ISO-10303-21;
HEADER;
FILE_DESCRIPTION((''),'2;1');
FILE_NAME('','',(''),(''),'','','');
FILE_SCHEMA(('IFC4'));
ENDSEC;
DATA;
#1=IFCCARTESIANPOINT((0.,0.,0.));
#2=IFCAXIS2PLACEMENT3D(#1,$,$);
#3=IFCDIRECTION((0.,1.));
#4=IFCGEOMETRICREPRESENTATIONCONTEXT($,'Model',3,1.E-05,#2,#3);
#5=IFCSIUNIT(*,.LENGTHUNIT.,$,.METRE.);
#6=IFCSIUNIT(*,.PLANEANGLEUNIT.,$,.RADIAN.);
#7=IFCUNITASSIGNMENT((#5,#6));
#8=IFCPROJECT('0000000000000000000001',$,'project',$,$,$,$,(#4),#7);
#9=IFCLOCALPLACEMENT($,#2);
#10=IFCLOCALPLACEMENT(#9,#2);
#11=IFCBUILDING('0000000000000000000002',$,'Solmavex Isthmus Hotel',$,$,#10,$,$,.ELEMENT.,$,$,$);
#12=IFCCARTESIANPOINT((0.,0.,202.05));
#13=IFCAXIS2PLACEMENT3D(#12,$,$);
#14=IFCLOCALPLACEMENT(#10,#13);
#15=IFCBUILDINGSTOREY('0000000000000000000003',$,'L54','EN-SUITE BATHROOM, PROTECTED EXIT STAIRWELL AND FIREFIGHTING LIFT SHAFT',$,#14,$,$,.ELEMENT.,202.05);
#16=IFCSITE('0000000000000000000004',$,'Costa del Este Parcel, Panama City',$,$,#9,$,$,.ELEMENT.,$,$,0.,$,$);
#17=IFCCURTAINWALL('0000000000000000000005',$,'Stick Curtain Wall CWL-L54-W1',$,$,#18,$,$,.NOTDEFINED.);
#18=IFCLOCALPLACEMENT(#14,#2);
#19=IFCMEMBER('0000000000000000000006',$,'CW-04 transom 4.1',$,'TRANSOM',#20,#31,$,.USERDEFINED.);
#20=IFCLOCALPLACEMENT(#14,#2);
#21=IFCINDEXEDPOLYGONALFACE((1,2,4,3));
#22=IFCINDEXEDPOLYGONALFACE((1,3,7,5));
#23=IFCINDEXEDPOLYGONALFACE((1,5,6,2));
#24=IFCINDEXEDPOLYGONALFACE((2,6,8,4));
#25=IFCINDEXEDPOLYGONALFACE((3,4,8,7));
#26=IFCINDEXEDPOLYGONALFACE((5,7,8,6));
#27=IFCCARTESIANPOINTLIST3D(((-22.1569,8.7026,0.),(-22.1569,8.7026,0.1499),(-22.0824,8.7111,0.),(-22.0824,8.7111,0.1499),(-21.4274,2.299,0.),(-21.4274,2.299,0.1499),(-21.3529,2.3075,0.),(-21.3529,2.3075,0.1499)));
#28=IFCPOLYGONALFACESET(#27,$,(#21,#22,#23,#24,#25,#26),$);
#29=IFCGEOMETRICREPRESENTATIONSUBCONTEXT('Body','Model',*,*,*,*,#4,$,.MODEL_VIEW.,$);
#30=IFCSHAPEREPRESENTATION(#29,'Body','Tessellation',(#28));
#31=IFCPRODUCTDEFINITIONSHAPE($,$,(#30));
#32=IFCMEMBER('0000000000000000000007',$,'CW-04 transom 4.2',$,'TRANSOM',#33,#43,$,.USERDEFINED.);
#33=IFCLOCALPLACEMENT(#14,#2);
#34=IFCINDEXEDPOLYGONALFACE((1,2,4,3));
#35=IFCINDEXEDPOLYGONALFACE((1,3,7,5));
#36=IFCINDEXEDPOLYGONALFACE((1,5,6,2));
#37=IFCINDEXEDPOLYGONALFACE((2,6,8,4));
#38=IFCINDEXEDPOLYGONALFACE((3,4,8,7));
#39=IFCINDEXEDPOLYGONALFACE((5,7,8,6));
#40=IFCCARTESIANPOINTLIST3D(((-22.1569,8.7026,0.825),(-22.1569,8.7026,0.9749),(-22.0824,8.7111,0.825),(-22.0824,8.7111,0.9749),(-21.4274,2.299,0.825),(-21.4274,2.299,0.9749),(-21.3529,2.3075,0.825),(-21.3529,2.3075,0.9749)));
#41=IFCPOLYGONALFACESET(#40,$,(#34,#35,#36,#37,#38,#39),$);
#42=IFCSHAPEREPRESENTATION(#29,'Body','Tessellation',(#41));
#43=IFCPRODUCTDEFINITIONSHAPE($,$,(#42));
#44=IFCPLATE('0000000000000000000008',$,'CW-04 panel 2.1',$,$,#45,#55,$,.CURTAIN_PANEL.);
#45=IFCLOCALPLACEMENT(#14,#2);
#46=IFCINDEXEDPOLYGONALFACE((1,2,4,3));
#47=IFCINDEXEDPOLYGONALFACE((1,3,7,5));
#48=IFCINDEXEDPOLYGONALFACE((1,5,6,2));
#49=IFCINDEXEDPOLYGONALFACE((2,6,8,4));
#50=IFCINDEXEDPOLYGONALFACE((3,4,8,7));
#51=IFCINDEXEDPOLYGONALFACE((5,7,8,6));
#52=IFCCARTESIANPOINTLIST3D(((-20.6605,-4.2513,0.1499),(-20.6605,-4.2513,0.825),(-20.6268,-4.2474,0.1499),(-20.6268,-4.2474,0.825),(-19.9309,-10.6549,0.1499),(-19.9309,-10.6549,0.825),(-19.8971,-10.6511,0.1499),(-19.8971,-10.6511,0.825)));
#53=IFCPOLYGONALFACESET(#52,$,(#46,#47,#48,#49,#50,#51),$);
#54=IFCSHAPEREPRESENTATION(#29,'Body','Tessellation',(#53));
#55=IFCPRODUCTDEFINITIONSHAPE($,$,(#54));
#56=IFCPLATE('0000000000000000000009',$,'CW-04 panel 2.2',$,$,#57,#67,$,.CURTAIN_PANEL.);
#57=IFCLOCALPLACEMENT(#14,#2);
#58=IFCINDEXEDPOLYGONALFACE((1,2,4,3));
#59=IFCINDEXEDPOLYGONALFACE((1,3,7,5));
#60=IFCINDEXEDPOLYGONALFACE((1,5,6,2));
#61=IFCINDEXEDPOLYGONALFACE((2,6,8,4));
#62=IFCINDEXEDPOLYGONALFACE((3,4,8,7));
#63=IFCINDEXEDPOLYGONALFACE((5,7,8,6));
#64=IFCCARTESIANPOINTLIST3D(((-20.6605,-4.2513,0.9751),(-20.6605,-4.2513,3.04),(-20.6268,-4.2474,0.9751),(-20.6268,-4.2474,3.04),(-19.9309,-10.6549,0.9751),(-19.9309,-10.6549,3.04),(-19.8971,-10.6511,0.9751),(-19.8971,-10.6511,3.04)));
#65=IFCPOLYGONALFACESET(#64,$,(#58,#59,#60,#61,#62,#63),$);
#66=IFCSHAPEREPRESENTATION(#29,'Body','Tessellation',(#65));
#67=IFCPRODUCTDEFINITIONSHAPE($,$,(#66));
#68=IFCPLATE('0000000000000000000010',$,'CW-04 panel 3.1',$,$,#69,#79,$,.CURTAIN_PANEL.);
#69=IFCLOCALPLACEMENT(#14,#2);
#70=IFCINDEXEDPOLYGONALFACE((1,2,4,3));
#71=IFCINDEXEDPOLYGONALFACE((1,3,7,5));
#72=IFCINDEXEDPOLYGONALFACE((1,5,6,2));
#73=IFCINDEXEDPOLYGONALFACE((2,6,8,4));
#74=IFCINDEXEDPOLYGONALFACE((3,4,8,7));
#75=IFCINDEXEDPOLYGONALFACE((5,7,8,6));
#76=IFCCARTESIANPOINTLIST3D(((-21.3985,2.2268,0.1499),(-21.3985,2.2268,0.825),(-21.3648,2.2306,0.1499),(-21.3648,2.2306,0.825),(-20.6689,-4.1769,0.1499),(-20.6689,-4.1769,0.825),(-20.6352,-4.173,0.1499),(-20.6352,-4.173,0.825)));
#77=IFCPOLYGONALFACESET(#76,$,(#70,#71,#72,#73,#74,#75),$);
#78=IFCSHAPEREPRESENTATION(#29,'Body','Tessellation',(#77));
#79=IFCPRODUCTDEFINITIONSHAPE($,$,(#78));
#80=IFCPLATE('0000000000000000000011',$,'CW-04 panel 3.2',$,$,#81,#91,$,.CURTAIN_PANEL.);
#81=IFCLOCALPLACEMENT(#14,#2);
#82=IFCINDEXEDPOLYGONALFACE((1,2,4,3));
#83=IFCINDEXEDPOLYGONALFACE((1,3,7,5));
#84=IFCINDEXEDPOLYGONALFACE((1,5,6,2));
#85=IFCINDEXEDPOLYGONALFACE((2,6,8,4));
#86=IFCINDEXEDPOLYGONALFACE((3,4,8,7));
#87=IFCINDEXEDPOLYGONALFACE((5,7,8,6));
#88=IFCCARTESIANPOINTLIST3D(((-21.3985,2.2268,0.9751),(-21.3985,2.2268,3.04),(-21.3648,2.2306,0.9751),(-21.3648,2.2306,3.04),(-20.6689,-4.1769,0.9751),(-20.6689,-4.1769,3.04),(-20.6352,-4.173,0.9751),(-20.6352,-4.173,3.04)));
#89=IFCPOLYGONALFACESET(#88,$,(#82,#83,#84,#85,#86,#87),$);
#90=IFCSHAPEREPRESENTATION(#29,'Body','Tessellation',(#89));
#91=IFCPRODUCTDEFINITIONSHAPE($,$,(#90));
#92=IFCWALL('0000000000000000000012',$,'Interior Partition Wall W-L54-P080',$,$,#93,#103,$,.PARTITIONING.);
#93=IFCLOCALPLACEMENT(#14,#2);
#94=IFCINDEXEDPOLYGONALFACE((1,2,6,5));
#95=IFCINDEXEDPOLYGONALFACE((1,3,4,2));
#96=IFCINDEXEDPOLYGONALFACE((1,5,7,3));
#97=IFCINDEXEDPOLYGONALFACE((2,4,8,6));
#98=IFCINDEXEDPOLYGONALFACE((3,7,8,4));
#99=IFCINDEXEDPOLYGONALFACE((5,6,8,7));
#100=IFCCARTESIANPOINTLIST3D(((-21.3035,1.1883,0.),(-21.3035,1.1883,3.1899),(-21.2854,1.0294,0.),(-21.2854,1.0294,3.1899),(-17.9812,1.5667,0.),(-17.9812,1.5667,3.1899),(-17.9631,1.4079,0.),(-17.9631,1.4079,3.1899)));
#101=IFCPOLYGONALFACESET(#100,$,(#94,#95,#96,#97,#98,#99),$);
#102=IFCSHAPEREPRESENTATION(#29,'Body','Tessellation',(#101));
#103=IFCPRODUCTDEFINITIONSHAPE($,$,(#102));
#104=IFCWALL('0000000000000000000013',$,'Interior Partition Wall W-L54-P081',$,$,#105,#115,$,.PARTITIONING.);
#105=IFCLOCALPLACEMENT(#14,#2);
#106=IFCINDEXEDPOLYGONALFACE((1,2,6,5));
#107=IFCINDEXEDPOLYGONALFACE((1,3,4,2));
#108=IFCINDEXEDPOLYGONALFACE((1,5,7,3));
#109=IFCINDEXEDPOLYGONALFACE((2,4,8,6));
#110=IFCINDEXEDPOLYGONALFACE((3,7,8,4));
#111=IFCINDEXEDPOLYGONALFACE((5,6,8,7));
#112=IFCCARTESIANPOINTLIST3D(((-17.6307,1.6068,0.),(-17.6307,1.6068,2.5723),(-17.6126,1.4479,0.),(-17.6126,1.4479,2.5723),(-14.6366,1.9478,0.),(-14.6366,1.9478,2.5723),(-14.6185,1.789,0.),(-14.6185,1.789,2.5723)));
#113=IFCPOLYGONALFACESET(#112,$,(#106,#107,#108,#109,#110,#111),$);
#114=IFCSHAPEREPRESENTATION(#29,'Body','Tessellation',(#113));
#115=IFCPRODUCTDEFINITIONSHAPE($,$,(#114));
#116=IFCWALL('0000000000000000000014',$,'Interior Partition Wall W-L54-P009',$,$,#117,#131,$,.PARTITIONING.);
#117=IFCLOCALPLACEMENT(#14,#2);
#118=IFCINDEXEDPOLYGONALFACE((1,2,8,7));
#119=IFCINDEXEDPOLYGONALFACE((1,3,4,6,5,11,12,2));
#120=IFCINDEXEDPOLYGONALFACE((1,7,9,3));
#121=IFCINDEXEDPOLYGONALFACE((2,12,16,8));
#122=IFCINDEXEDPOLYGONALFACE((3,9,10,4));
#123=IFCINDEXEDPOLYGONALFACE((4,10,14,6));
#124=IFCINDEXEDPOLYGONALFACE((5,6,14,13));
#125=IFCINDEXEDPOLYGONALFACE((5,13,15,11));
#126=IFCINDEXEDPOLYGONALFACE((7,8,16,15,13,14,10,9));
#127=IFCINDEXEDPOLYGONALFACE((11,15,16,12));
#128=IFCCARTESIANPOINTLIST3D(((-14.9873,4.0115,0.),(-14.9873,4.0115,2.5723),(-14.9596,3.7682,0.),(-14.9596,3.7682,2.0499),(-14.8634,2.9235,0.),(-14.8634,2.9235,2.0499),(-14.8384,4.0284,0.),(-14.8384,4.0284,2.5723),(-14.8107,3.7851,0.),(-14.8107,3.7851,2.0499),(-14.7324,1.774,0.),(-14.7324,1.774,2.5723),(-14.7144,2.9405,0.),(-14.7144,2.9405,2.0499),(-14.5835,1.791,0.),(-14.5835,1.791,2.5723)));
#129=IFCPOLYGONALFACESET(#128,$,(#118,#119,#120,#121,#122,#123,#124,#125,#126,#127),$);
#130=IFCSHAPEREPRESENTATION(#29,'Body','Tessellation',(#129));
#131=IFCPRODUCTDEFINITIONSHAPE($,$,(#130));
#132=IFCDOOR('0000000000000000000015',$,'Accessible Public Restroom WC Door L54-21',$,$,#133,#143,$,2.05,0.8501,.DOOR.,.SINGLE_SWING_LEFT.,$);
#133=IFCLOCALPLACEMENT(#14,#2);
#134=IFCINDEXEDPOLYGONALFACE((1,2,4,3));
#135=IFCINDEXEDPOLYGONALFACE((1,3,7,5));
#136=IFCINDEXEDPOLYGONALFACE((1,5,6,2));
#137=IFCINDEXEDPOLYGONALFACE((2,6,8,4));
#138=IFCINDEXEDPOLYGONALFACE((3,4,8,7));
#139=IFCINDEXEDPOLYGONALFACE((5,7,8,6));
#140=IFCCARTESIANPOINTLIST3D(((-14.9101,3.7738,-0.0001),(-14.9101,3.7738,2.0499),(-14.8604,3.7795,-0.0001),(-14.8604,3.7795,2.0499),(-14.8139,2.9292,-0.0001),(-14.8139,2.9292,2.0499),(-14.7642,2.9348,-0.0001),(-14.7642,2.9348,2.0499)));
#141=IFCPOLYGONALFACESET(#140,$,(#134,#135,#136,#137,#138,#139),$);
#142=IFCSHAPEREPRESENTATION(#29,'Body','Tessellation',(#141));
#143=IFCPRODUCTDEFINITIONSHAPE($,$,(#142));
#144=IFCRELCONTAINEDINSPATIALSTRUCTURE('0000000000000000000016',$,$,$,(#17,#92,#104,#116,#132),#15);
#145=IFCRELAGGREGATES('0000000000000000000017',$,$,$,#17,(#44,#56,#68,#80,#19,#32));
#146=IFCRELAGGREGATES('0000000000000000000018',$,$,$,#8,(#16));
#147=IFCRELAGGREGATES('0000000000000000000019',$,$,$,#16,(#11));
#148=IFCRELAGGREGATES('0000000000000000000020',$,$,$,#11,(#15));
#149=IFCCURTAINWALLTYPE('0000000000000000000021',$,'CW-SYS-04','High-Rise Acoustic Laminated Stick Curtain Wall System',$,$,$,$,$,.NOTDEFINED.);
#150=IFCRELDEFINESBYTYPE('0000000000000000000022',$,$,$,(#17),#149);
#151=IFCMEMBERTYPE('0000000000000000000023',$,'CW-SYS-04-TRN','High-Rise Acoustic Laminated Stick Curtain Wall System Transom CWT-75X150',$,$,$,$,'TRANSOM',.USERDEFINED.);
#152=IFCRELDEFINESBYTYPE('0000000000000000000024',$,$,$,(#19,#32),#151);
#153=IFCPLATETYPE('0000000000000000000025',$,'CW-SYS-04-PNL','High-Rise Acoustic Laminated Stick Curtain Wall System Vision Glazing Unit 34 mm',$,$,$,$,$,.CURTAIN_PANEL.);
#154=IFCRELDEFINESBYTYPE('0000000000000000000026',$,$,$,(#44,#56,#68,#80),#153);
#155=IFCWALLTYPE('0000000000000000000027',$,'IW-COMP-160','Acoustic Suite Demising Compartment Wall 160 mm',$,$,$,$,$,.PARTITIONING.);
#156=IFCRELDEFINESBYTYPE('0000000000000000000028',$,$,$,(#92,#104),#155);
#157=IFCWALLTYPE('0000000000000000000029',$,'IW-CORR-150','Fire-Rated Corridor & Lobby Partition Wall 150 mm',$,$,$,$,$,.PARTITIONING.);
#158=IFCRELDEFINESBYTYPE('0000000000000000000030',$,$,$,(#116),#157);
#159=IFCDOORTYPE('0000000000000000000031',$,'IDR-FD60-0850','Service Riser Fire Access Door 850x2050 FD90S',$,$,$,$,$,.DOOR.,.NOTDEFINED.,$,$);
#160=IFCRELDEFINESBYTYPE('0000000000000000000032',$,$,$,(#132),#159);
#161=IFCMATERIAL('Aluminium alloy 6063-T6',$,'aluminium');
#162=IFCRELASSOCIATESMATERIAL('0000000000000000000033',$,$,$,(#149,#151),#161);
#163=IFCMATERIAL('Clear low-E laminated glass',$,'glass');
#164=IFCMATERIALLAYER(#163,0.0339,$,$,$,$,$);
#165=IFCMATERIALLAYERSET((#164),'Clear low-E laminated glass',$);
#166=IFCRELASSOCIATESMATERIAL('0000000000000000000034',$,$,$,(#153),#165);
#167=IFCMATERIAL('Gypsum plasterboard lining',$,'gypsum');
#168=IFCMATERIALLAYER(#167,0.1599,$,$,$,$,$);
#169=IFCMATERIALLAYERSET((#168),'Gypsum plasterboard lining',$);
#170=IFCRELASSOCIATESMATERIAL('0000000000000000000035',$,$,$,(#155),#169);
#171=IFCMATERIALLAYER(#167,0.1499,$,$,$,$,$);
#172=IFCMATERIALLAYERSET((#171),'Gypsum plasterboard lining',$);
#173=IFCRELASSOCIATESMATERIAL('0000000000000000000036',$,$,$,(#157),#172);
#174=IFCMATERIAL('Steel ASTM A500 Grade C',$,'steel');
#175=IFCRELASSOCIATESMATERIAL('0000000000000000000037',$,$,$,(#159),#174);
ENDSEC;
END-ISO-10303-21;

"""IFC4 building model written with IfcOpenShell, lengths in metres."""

from ifc_helpers import new_model, si_unit, direction, frame, frame_2d, origin, origin_2d, place, context, subcontext, project, spatial, rectangle, extrude, material, layer, layer_set, material_profile, profile_set, type_object, element, fill, aggregate, save


model = new_model("IFC4")

# Units and contexts
model_context = context("Model", 3, precision=1e-05, world=origin(), true_north=direction((0.0, 1.0)))
body_context = subcontext(model_context, "Body", "Model", "MODEL_VIEW")
ifc_project = project(units=[si_unit("LENGTHUNIT", "METRE"), si_unit("PLANEANGLEUNIT", "RADIAN")], contexts=[model_context])

# Site, building, storey
site_placement = place(None, origin())
site = spatial("IfcSite", under=ifc_project, at=site_placement, Name="Costa del Este Parcel, Panama City", CompositionType="ELEMENT", RefElevation=0.0)
building_placement = place(site_placement, origin())
building = spatial("IfcBuilding", under=site, at=building_placement, Name="Solmavex Isthmus Hotel", CompositionType="ELEMENT")
storey_placement = place(building_placement, frame((0.0, 0.0, 202.05)))
storey = spatial("IfcBuildingStorey", under=building, at=storey_placement, Name="L54", Description="EN-SUITE BATHROOM, PROTECTED EXIT STAIRWELL AND FIREFIGHTING LIFT SHAFT", CompositionType="ELEMENT", Elevation=202.05)

# Curtain wall, members, plates
ifc_material_1 = material(Name="Aluminium alloy 6063-T6", Category="aluminium")
curtain_wall_type = type_object("IfcCurtainWallType", Name="CW-SYS-04", Description="High-Rise Acoustic Laminated Stick Curtain Wall System", PredefinedType="NOTDEFINED", material=ifc_material_1)
curtain_wall_placement = place(storey_placement, origin())
curtain_wall = element("IfcCurtainWall", 1, at=curtain_wall_placement, inside=storey, type_object=curtain_wall_type, Name="Stick Curtain Wall CWL-L54-W1", PredefinedType="NOTDEFINED")
ifc_material_profile_1 = material_profile(ifc_material_1, rectangle(XDim=0.075, YDim=0.1499, at=origin_2d()), Name="CWT-75X150")
ifc_profile_set_1 = profile_set([ifc_material_profile_1], Name="Aluminium alloy 6063-T6")
member_type_1 = type_object("IfcMemberType", Name="CW-SYS-04-TRN", Description="High-Rise Acoustic Laminated Stick Curtain Wall System Transom CWT-75X150", ElementType="TRANSOM", PredefinedType="USERDEFINED", material=ifc_profile_set_1)
member_1_placement = place(storey_placement, frame((-21.3901, 2.3032, 0.075), z_axis=(-0.113188, 0.993574, 0.0), x_axis=(-0.993574, -0.113188, 0.0)))
member_1 = element("IfcMember", 2, at=member_1_placement, type_object=member_type_1, Name="CW-04 transom 4.1", ObjectType="TRANSOM", PredefinedType="USERDEFINED", context=body_context, shape_type="SweptSolid", body=[
    extrude(rectangle(XDim=0.075, YDim=0.1499, at=origin_2d()), origin(), (0.0, 0.0, 1.0), 6.4451),
])
member_2_placement = place(storey_placement, frame((-21.3901, 2.3032, 0.8999), z_axis=(-0.113188, 0.993574, 0.0), x_axis=(-0.993574, -0.113188, 0.0)))
member_2 = element("IfcMember", 3, at=member_2_placement, type_object=member_type_1, Name="CW-04 transom 4.2", ObjectType="TRANSOM", PredefinedType="USERDEFINED", context=body_context, shape_type="SweptSolid", body=[
    extrude(rectangle(XDim=0.075, YDim=0.1499, at=origin_2d()), origin(), (0.0, 0.0, 1.0), 6.4451),
])
ifc_material_2 = material(Name="Clear low-E laminated glass", Category="glass")
ifc_layer_1 = layer(ifc_material_2, 0.0339)
ifc_layer_set_1 = layer_set([ifc_layer_1], Name="Clear low-E laminated glass")
plate_type = type_object("IfcPlateType", Name="CW-SYS-04-PNL", Description="High-Rise Acoustic Laminated Stick Curtain Wall System Vision Glazing Unit 34 mm", PredefinedType="CURTAIN_PANEL", material=ifc_layer_set_1)
plate_1_placement = place(storey_placement, frame((-20.2788, -7.4512, 0.1499), z_axis=(0.0, 0.0, 1.0), x_axis=(-0.113203, 0.993572, 0.0)))
plate_1 = element("IfcPlate", 4, at=plate_1_placement, type_object=plate_type, Name="CW-04 panel 2.1", PredefinedType="CURTAIN_PANEL", context=body_context, shape_type="SweptSolid", body=[
    extrude(rectangle(XDim=6.4451, YDim=0.0339, at=origin_2d()), origin(), (0.0, 0.0, 1.0), 0.675),
])
plate_2_placement = place(storey_placement, frame((-20.2788, -7.4512, 0.9751), z_axis=(0.0, 0.0, 1.0), x_axis=(-0.113203, 0.993572, 0.0)))
plate_2 = element("IfcPlate", 5, at=plate_2_placement, type_object=plate_type, Name="CW-04 panel 2.2", PredefinedType="CURTAIN_PANEL", context=body_context, shape_type="SweptSolid", body=[
    extrude(rectangle(XDim=6.4451, YDim=0.0339, at=origin_2d()), origin(), (0.0, 0.0, 1.0), 2.0649),
])
plate_3_placement = place(storey_placement, frame((-21.0168, -0.9731, 0.1499), z_axis=(0.0, 0.0, 1.0), x_axis=(-0.113203, 0.993572, 0.0)))
plate_3 = element("IfcPlate", 6, at=plate_3_placement, type_object=plate_type, Name="CW-04 panel 3.1", PredefinedType="CURTAIN_PANEL", context=body_context, shape_type="SweptSolid", body=[
    extrude(rectangle(XDim=6.4451, YDim=0.0339, at=origin_2d()), origin(), (0.0, 0.0, 1.0), 0.675),
])
plate_4_placement = place(storey_placement, frame((-21.0168, -0.9731, 0.9751), z_axis=(0.0, 0.0, 1.0), x_axis=(-0.113203, 0.993572, 0.0)))
plate_4 = element("IfcPlate", 7, at=plate_4_placement, type_object=plate_type, Name="CW-04 panel 3.2", PredefinedType="CURTAIN_PANEL", context=body_context, shape_type="SweptSolid", body=[
    extrude(rectangle(XDim=6.4451, YDim=0.0339, at=origin_2d()), origin(), (0.0, 0.0, 1.0), 2.0649),
])
aggregate(curtain_wall, [plate_1, plate_2, plate_3, plate_4, member_1, member_2])

# Walls
ifc_material_3 = material(Name="Gypsum plasterboard lining", Category="gypsum")
ifc_layer_2 = layer(ifc_material_3, 0.1599)
ifc_layer_set_2 = layer_set([ifc_layer_2], Name="Gypsum plasterboard lining")
wall_type_1 = type_object("IfcWallType", Name="IW-COMP-160", Description="Acoustic Suite Demising Compartment Wall 160 mm", PredefinedType="PARTITIONING", material=ifc_layer_set_2)
wall_1_placement = place(storey_placement, frame((-17.9722, 1.4873, 0.0), z_axis=(0.0, 0.0, 1.0), x_axis=(-0.993575, -0.113172, 0.0)))
element("IfcWall", 8, at=wall_1_placement, inside=storey, type_object=wall_type_1, Name="Interior Partition Wall W-L54-P080", PredefinedType="PARTITIONING", context=body_context, shape_type="SweptSolid", body=[
    extrude(rectangle(XDim=3.3438, YDim=0.1599, at=frame_2d((1.6719, 0.0))), origin(), (0.0, 0.0, 1.0), 3.1899),
])
wall_2_placement = place(storey_placement, frame((-14.6274, 1.8684, 0.0), z_axis=(0.0, 0.0, 1.0), x_axis=(-0.993575, -0.113179, 0.0)))
element("IfcWall", 9, at=wall_2_placement, inside=storey, type_object=wall_type_1, Name="Interior Partition Wall W-L54-P081", PredefinedType="PARTITIONING", context=body_context, shape_type="SweptSolid", body=[
    extrude(rectangle(XDim=3.0134, YDim=0.1599, at=frame_2d((1.5068, 0.0))), origin(), (0.0, 0.0, 1.0), 2.5723),
])

# Wall, opening, door
ifc_layer_3 = layer(ifc_material_3, 0.1499)
ifc_layer_set_3 = layer_set([ifc_layer_3], Name="Gypsum plasterboard lining")
wall_type_2 = type_object("IfcWallType", Name="IW-CORR-150", Description="Fire-Rated Corridor & Lobby Partition Wall 150 mm", PredefinedType="PARTITIONING", material=ifc_layer_set_3)
wall_3_placement = place(storey_placement, frame((-14.658, 1.7825, 0.0), z_axis=(0.0, 0.0, 1.0), x_axis=(-0.11318, 0.993575, 0.0)))
wall_3 = element("IfcWall", 10, at=wall_3_placement, inside=storey, type_object=wall_type_2, Name="Interior Partition Wall W-L54-P009", PredefinedType="PARTITIONING", context=body_context, shape_type="SweptSolid", body=[
    extrude(rectangle(XDim=2.252, YDim=0.1499, at=frame_2d((1.126, 0.0))), origin(), (0.0, 0.0, 1.0), 2.5723),
])
opening_1_placement = place(wall_3_placement, frame((1.157, 0.0, 0.0)))
opening_1 = element("IfcOpeningElement", 11, at=opening_1_placement, cuts=wall_3, PredefinedType="OPENING", context=body_context, shape_type="SweptSolid", body=[
    extrude(rectangle(XDim=0.8501, YDim=2.05, at=frame_2d((0.425, 1.0249))), frame((0.0, 0.085, 0.0), z_axis=(0.0, -1.0, 0.0), x_axis=(1.0, 0.0, 0.0)), (0.0, 0.0, 1.0), 0.1699),
])
ifc_material_4 = material(Name="Steel ASTM A500 Grade C", Category="steel")
door_type_1 = type_object("IfcDoorType", Name="IDR-FD60-0850", Description="Service Riser Fire Access Door 850x2050 FD90S", OperationType="NOTDEFINED", PredefinedType="DOOR", material=ifc_material_4)
door_1_placement = place(opening_1_placement, frame((0.8501, 0.0, 0.0), z_axis=(0.0, 0.0, 1.0), x_axis=(-1.0, 0.0, 0.0)))
door_1 = element("IfcDoor", 12, at=door_1_placement, inside=storey, type_object=door_type_1, Name="Accessible Public Restroom WC Door L54-21", OperationType="SINGLE_SWING_LEFT", OverallHeight=2.05, OverallWidth=0.8501, PredefinedType="DOOR", context=body_context, shape_type="SweptSolid", body=[
    extrude(rectangle(XDim=0.8501, YDim=2.05, at=frame_2d((0.425, 1.0249))), frame((0.0, 0.0249, 0.0), z_axis=(0.0, -1.0, 0.0), x_axis=(1.0, 0.0, 0.0)), (0.0, 0.0, 1.0), 0.05),
])
fill(opening_1, door_1)

save(model, "model.ifc")
